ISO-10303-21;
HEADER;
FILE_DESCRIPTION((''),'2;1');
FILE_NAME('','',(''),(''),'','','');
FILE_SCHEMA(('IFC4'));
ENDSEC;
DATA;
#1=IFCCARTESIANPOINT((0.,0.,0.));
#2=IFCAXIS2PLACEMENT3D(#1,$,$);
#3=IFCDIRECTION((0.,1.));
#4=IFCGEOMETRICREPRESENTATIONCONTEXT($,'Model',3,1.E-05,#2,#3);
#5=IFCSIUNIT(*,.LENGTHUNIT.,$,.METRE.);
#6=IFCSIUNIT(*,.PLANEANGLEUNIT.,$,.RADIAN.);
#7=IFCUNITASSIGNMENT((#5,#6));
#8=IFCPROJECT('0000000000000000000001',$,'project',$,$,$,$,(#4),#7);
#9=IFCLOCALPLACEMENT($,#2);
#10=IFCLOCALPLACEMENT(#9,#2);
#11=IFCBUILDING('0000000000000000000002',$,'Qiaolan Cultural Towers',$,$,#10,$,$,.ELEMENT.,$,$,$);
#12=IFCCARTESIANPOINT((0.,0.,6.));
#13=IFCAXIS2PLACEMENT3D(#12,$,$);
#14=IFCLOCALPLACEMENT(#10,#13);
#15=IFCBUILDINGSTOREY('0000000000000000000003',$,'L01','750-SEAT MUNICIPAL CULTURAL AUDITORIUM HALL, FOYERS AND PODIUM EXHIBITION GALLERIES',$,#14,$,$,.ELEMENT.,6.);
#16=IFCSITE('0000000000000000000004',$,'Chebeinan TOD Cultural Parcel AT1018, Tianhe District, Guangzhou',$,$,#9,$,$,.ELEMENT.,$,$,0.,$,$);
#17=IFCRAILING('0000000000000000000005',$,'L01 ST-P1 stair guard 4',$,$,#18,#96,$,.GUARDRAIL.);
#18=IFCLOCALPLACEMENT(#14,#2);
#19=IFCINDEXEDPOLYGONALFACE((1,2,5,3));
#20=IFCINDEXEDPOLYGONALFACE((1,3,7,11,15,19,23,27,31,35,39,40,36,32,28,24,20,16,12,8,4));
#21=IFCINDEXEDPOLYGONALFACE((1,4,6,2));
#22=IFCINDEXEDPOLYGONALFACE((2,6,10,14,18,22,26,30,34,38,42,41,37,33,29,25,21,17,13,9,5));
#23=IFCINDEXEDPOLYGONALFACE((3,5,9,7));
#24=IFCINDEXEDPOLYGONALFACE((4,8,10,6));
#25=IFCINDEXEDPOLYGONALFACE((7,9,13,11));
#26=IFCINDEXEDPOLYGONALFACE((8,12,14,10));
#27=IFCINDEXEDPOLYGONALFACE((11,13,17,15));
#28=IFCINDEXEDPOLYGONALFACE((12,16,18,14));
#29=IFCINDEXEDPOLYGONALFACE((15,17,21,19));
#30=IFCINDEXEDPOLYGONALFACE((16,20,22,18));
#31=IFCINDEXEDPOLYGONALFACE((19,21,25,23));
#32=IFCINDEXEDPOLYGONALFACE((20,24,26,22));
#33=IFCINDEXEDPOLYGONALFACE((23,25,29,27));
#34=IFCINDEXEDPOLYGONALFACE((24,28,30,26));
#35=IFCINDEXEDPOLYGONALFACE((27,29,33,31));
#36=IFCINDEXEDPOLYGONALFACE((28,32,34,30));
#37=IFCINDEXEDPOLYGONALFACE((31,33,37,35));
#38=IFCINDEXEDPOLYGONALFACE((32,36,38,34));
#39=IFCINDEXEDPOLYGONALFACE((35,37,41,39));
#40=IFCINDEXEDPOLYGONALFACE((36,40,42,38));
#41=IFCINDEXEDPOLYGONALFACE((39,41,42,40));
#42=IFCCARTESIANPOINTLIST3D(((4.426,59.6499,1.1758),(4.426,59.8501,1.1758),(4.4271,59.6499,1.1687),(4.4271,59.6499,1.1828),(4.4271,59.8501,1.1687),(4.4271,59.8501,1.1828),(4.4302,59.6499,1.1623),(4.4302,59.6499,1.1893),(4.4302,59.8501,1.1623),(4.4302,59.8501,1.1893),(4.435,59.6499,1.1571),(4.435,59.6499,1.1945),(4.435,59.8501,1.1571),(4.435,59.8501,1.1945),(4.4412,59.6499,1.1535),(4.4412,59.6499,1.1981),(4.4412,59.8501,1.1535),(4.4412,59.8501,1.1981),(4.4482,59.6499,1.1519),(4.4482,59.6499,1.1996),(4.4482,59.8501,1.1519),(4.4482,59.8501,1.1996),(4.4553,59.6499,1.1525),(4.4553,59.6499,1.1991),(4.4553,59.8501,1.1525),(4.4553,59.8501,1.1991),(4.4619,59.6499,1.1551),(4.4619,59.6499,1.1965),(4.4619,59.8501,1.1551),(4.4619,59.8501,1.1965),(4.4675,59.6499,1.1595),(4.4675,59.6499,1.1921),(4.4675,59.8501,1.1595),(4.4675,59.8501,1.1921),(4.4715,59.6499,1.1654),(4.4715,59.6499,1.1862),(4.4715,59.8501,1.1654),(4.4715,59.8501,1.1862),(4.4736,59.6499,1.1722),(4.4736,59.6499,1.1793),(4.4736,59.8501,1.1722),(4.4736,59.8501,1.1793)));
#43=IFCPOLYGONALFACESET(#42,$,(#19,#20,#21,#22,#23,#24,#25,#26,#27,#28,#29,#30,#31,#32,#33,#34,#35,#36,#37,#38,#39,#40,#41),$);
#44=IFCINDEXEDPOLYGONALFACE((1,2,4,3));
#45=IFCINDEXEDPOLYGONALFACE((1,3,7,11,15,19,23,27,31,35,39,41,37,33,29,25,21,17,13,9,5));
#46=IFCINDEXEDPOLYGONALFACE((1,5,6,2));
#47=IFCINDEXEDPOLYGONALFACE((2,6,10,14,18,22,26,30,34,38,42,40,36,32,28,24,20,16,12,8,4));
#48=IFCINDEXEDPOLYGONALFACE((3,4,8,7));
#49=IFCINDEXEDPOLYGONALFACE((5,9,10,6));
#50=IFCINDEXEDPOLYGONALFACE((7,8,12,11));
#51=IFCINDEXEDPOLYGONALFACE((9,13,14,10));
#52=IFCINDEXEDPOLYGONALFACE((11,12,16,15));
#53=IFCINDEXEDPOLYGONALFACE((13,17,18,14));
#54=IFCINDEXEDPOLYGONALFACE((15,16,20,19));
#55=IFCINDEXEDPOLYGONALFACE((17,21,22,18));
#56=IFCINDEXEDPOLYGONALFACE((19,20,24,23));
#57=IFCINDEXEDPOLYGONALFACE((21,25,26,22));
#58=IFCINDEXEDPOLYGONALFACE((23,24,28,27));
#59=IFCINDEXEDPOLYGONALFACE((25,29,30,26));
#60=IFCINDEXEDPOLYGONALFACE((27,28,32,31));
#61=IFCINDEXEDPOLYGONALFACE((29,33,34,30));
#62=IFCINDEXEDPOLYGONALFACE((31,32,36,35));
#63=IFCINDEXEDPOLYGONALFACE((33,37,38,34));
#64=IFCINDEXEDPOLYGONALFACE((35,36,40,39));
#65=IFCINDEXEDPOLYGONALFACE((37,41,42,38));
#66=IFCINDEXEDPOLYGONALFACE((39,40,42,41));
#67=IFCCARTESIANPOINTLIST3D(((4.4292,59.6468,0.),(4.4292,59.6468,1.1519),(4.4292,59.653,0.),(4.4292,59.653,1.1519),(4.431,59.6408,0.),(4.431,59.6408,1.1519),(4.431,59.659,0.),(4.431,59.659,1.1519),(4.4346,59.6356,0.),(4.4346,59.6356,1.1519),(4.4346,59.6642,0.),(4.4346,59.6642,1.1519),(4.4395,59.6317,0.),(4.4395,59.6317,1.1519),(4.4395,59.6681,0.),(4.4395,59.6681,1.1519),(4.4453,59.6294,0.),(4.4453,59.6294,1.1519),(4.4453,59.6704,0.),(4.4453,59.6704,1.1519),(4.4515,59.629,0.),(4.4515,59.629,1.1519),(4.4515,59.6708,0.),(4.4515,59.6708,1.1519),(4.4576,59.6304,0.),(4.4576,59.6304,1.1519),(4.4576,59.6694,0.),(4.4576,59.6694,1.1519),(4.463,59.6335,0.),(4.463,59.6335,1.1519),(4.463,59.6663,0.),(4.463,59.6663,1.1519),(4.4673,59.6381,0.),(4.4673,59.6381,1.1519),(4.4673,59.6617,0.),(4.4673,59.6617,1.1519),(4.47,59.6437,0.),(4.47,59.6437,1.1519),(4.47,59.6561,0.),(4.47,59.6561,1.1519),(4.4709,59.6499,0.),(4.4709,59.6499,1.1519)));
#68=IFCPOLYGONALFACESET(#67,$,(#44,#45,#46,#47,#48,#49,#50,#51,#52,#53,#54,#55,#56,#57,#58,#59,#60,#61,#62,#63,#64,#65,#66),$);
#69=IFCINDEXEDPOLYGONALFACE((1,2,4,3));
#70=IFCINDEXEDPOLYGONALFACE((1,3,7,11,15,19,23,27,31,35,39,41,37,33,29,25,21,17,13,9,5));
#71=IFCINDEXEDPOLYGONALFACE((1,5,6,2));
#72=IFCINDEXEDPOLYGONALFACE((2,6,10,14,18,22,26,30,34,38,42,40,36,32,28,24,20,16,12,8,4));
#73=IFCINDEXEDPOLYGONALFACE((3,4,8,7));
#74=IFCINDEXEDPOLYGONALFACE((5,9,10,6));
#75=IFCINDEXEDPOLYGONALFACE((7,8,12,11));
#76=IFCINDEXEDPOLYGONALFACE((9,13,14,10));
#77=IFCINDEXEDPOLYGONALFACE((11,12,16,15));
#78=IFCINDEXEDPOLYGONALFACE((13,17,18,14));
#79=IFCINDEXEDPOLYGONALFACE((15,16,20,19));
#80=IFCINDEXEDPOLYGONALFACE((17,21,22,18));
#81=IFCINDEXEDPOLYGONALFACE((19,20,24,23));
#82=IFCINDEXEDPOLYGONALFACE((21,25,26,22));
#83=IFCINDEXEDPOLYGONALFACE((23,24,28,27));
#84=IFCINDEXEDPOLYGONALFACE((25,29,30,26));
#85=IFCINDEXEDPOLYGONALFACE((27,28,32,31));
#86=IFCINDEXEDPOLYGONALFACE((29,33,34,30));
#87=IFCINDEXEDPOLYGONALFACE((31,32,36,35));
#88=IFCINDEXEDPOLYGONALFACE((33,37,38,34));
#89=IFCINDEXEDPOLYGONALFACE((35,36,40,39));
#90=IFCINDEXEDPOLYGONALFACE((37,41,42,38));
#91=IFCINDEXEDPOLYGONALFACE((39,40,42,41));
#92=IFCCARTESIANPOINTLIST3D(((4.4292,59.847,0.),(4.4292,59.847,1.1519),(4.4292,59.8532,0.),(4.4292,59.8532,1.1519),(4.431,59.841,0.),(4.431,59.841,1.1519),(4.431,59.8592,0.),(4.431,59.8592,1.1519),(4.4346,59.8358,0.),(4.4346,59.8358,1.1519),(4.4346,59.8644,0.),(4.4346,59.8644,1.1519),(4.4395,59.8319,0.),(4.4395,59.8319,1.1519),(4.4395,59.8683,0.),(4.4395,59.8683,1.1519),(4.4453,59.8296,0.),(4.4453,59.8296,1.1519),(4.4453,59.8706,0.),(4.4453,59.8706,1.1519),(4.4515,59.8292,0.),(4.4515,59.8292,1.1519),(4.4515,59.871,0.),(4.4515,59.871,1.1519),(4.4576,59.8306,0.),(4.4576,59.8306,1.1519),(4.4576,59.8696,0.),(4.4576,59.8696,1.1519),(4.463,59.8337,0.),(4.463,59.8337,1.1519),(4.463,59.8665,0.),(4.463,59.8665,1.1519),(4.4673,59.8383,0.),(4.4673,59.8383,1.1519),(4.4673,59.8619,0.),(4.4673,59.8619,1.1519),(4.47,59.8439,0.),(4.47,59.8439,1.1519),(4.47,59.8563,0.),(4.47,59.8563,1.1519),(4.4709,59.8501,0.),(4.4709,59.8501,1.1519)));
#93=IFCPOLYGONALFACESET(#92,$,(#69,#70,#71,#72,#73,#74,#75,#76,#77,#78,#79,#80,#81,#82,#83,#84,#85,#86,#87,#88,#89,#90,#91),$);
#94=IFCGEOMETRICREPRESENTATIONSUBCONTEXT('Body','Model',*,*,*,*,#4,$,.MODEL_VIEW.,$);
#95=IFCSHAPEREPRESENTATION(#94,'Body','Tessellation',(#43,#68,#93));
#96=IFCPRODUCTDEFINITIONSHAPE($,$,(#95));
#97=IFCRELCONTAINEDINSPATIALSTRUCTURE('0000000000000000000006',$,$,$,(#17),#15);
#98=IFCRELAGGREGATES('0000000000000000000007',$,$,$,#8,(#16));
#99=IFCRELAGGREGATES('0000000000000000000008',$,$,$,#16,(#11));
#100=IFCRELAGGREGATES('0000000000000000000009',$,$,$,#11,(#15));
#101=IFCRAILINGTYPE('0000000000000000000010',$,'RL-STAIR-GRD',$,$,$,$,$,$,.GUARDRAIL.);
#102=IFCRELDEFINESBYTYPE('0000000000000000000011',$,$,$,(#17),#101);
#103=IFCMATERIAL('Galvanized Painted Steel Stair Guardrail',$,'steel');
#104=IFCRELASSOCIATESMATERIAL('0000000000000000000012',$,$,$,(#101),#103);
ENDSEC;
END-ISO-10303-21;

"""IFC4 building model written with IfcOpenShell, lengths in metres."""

from ifc_helpers import new_model, si_unit, direction, frame, origin, origin_2d, place, context, subcontext, project, spatial, circle, extrude, material, type_object, element, save


model = new_model("IFC4")

# Units and contexts
model_context = context("Model", 3, precision=1e-05, world=origin(), true_north=direction((0.0, 1.0)))
body_context = subcontext(model_context, "Body", "Model", "MODEL_VIEW")
ifc_project = project(units=[si_unit("LENGTHUNIT", "METRE"), si_unit("PLANEANGLEUNIT", "RADIAN")], contexts=[model_context])

# Site, building, storey
site_placement = place(None, origin())
site = spatial("IfcSite", under=ifc_project, at=site_placement, Name="Chebeinan TOD Cultural Parcel AT1018, Tianhe District, Guangzhou", CompositionType="ELEMENT", RefElevation=0.0)
building_placement = place(site_placement, origin())
building = spatial("IfcBuilding", under=site, at=building_placement, Name="Qiaolan Cultural Towers", CompositionType="ELEMENT")
storey_placement = place(building_placement, frame((0.0, 0.0, 6.0)))
storey = spatial("IfcBuildingStorey", under=building, at=storey_placement, Name="L01", Description="750-SEAT MUNICIPAL CULTURAL AUDITORIUM HALL, FOYERS AND PODIUM EXHIBITION GALLERIES", CompositionType="ELEMENT", Elevation=6.0)

# Railing
ifc_material_1 = material(Name="Galvanized Painted Steel Stair Guardrail", Category="steel")
railing_type_1 = type_object("IfcRailingType", Name="RL-STAIR-GRD", PredefinedType="GUARDRAIL", material=ifc_material_1)
railing_1_placement = place(storey_placement, frame((4.45, 59.6499, 0.0)))
element("IfcRailing", 1, at=railing_1_placement, inside=storey, type_object=railing_type_1, Name="L01 ST-P1 stair guard 4", PredefinedType="GUARDRAIL", context=body_context, shape_type="SweptSolid", body=[
    extrude(circle(Radius=0.0239, at=origin_2d()), frame((0.0, 0.0, 1.1758), z_axis=(0.0, 1.0, 0.0), x_axis=(-1.0, 0.0, 0.0)), (0.0, 0.0, 1.0), 0.2002),
    extrude(circle(Radius=0.021, at=origin_2d()), origin(), (0.0, 0.0, 1.0), 1.1519),
    extrude(circle(Radius=0.021, at=origin_2d()), frame((0.0, 0.2002, 0.0)), (0.0, 0.0, 1.0), 1.1519),
])

save(model, "model.ifc")
